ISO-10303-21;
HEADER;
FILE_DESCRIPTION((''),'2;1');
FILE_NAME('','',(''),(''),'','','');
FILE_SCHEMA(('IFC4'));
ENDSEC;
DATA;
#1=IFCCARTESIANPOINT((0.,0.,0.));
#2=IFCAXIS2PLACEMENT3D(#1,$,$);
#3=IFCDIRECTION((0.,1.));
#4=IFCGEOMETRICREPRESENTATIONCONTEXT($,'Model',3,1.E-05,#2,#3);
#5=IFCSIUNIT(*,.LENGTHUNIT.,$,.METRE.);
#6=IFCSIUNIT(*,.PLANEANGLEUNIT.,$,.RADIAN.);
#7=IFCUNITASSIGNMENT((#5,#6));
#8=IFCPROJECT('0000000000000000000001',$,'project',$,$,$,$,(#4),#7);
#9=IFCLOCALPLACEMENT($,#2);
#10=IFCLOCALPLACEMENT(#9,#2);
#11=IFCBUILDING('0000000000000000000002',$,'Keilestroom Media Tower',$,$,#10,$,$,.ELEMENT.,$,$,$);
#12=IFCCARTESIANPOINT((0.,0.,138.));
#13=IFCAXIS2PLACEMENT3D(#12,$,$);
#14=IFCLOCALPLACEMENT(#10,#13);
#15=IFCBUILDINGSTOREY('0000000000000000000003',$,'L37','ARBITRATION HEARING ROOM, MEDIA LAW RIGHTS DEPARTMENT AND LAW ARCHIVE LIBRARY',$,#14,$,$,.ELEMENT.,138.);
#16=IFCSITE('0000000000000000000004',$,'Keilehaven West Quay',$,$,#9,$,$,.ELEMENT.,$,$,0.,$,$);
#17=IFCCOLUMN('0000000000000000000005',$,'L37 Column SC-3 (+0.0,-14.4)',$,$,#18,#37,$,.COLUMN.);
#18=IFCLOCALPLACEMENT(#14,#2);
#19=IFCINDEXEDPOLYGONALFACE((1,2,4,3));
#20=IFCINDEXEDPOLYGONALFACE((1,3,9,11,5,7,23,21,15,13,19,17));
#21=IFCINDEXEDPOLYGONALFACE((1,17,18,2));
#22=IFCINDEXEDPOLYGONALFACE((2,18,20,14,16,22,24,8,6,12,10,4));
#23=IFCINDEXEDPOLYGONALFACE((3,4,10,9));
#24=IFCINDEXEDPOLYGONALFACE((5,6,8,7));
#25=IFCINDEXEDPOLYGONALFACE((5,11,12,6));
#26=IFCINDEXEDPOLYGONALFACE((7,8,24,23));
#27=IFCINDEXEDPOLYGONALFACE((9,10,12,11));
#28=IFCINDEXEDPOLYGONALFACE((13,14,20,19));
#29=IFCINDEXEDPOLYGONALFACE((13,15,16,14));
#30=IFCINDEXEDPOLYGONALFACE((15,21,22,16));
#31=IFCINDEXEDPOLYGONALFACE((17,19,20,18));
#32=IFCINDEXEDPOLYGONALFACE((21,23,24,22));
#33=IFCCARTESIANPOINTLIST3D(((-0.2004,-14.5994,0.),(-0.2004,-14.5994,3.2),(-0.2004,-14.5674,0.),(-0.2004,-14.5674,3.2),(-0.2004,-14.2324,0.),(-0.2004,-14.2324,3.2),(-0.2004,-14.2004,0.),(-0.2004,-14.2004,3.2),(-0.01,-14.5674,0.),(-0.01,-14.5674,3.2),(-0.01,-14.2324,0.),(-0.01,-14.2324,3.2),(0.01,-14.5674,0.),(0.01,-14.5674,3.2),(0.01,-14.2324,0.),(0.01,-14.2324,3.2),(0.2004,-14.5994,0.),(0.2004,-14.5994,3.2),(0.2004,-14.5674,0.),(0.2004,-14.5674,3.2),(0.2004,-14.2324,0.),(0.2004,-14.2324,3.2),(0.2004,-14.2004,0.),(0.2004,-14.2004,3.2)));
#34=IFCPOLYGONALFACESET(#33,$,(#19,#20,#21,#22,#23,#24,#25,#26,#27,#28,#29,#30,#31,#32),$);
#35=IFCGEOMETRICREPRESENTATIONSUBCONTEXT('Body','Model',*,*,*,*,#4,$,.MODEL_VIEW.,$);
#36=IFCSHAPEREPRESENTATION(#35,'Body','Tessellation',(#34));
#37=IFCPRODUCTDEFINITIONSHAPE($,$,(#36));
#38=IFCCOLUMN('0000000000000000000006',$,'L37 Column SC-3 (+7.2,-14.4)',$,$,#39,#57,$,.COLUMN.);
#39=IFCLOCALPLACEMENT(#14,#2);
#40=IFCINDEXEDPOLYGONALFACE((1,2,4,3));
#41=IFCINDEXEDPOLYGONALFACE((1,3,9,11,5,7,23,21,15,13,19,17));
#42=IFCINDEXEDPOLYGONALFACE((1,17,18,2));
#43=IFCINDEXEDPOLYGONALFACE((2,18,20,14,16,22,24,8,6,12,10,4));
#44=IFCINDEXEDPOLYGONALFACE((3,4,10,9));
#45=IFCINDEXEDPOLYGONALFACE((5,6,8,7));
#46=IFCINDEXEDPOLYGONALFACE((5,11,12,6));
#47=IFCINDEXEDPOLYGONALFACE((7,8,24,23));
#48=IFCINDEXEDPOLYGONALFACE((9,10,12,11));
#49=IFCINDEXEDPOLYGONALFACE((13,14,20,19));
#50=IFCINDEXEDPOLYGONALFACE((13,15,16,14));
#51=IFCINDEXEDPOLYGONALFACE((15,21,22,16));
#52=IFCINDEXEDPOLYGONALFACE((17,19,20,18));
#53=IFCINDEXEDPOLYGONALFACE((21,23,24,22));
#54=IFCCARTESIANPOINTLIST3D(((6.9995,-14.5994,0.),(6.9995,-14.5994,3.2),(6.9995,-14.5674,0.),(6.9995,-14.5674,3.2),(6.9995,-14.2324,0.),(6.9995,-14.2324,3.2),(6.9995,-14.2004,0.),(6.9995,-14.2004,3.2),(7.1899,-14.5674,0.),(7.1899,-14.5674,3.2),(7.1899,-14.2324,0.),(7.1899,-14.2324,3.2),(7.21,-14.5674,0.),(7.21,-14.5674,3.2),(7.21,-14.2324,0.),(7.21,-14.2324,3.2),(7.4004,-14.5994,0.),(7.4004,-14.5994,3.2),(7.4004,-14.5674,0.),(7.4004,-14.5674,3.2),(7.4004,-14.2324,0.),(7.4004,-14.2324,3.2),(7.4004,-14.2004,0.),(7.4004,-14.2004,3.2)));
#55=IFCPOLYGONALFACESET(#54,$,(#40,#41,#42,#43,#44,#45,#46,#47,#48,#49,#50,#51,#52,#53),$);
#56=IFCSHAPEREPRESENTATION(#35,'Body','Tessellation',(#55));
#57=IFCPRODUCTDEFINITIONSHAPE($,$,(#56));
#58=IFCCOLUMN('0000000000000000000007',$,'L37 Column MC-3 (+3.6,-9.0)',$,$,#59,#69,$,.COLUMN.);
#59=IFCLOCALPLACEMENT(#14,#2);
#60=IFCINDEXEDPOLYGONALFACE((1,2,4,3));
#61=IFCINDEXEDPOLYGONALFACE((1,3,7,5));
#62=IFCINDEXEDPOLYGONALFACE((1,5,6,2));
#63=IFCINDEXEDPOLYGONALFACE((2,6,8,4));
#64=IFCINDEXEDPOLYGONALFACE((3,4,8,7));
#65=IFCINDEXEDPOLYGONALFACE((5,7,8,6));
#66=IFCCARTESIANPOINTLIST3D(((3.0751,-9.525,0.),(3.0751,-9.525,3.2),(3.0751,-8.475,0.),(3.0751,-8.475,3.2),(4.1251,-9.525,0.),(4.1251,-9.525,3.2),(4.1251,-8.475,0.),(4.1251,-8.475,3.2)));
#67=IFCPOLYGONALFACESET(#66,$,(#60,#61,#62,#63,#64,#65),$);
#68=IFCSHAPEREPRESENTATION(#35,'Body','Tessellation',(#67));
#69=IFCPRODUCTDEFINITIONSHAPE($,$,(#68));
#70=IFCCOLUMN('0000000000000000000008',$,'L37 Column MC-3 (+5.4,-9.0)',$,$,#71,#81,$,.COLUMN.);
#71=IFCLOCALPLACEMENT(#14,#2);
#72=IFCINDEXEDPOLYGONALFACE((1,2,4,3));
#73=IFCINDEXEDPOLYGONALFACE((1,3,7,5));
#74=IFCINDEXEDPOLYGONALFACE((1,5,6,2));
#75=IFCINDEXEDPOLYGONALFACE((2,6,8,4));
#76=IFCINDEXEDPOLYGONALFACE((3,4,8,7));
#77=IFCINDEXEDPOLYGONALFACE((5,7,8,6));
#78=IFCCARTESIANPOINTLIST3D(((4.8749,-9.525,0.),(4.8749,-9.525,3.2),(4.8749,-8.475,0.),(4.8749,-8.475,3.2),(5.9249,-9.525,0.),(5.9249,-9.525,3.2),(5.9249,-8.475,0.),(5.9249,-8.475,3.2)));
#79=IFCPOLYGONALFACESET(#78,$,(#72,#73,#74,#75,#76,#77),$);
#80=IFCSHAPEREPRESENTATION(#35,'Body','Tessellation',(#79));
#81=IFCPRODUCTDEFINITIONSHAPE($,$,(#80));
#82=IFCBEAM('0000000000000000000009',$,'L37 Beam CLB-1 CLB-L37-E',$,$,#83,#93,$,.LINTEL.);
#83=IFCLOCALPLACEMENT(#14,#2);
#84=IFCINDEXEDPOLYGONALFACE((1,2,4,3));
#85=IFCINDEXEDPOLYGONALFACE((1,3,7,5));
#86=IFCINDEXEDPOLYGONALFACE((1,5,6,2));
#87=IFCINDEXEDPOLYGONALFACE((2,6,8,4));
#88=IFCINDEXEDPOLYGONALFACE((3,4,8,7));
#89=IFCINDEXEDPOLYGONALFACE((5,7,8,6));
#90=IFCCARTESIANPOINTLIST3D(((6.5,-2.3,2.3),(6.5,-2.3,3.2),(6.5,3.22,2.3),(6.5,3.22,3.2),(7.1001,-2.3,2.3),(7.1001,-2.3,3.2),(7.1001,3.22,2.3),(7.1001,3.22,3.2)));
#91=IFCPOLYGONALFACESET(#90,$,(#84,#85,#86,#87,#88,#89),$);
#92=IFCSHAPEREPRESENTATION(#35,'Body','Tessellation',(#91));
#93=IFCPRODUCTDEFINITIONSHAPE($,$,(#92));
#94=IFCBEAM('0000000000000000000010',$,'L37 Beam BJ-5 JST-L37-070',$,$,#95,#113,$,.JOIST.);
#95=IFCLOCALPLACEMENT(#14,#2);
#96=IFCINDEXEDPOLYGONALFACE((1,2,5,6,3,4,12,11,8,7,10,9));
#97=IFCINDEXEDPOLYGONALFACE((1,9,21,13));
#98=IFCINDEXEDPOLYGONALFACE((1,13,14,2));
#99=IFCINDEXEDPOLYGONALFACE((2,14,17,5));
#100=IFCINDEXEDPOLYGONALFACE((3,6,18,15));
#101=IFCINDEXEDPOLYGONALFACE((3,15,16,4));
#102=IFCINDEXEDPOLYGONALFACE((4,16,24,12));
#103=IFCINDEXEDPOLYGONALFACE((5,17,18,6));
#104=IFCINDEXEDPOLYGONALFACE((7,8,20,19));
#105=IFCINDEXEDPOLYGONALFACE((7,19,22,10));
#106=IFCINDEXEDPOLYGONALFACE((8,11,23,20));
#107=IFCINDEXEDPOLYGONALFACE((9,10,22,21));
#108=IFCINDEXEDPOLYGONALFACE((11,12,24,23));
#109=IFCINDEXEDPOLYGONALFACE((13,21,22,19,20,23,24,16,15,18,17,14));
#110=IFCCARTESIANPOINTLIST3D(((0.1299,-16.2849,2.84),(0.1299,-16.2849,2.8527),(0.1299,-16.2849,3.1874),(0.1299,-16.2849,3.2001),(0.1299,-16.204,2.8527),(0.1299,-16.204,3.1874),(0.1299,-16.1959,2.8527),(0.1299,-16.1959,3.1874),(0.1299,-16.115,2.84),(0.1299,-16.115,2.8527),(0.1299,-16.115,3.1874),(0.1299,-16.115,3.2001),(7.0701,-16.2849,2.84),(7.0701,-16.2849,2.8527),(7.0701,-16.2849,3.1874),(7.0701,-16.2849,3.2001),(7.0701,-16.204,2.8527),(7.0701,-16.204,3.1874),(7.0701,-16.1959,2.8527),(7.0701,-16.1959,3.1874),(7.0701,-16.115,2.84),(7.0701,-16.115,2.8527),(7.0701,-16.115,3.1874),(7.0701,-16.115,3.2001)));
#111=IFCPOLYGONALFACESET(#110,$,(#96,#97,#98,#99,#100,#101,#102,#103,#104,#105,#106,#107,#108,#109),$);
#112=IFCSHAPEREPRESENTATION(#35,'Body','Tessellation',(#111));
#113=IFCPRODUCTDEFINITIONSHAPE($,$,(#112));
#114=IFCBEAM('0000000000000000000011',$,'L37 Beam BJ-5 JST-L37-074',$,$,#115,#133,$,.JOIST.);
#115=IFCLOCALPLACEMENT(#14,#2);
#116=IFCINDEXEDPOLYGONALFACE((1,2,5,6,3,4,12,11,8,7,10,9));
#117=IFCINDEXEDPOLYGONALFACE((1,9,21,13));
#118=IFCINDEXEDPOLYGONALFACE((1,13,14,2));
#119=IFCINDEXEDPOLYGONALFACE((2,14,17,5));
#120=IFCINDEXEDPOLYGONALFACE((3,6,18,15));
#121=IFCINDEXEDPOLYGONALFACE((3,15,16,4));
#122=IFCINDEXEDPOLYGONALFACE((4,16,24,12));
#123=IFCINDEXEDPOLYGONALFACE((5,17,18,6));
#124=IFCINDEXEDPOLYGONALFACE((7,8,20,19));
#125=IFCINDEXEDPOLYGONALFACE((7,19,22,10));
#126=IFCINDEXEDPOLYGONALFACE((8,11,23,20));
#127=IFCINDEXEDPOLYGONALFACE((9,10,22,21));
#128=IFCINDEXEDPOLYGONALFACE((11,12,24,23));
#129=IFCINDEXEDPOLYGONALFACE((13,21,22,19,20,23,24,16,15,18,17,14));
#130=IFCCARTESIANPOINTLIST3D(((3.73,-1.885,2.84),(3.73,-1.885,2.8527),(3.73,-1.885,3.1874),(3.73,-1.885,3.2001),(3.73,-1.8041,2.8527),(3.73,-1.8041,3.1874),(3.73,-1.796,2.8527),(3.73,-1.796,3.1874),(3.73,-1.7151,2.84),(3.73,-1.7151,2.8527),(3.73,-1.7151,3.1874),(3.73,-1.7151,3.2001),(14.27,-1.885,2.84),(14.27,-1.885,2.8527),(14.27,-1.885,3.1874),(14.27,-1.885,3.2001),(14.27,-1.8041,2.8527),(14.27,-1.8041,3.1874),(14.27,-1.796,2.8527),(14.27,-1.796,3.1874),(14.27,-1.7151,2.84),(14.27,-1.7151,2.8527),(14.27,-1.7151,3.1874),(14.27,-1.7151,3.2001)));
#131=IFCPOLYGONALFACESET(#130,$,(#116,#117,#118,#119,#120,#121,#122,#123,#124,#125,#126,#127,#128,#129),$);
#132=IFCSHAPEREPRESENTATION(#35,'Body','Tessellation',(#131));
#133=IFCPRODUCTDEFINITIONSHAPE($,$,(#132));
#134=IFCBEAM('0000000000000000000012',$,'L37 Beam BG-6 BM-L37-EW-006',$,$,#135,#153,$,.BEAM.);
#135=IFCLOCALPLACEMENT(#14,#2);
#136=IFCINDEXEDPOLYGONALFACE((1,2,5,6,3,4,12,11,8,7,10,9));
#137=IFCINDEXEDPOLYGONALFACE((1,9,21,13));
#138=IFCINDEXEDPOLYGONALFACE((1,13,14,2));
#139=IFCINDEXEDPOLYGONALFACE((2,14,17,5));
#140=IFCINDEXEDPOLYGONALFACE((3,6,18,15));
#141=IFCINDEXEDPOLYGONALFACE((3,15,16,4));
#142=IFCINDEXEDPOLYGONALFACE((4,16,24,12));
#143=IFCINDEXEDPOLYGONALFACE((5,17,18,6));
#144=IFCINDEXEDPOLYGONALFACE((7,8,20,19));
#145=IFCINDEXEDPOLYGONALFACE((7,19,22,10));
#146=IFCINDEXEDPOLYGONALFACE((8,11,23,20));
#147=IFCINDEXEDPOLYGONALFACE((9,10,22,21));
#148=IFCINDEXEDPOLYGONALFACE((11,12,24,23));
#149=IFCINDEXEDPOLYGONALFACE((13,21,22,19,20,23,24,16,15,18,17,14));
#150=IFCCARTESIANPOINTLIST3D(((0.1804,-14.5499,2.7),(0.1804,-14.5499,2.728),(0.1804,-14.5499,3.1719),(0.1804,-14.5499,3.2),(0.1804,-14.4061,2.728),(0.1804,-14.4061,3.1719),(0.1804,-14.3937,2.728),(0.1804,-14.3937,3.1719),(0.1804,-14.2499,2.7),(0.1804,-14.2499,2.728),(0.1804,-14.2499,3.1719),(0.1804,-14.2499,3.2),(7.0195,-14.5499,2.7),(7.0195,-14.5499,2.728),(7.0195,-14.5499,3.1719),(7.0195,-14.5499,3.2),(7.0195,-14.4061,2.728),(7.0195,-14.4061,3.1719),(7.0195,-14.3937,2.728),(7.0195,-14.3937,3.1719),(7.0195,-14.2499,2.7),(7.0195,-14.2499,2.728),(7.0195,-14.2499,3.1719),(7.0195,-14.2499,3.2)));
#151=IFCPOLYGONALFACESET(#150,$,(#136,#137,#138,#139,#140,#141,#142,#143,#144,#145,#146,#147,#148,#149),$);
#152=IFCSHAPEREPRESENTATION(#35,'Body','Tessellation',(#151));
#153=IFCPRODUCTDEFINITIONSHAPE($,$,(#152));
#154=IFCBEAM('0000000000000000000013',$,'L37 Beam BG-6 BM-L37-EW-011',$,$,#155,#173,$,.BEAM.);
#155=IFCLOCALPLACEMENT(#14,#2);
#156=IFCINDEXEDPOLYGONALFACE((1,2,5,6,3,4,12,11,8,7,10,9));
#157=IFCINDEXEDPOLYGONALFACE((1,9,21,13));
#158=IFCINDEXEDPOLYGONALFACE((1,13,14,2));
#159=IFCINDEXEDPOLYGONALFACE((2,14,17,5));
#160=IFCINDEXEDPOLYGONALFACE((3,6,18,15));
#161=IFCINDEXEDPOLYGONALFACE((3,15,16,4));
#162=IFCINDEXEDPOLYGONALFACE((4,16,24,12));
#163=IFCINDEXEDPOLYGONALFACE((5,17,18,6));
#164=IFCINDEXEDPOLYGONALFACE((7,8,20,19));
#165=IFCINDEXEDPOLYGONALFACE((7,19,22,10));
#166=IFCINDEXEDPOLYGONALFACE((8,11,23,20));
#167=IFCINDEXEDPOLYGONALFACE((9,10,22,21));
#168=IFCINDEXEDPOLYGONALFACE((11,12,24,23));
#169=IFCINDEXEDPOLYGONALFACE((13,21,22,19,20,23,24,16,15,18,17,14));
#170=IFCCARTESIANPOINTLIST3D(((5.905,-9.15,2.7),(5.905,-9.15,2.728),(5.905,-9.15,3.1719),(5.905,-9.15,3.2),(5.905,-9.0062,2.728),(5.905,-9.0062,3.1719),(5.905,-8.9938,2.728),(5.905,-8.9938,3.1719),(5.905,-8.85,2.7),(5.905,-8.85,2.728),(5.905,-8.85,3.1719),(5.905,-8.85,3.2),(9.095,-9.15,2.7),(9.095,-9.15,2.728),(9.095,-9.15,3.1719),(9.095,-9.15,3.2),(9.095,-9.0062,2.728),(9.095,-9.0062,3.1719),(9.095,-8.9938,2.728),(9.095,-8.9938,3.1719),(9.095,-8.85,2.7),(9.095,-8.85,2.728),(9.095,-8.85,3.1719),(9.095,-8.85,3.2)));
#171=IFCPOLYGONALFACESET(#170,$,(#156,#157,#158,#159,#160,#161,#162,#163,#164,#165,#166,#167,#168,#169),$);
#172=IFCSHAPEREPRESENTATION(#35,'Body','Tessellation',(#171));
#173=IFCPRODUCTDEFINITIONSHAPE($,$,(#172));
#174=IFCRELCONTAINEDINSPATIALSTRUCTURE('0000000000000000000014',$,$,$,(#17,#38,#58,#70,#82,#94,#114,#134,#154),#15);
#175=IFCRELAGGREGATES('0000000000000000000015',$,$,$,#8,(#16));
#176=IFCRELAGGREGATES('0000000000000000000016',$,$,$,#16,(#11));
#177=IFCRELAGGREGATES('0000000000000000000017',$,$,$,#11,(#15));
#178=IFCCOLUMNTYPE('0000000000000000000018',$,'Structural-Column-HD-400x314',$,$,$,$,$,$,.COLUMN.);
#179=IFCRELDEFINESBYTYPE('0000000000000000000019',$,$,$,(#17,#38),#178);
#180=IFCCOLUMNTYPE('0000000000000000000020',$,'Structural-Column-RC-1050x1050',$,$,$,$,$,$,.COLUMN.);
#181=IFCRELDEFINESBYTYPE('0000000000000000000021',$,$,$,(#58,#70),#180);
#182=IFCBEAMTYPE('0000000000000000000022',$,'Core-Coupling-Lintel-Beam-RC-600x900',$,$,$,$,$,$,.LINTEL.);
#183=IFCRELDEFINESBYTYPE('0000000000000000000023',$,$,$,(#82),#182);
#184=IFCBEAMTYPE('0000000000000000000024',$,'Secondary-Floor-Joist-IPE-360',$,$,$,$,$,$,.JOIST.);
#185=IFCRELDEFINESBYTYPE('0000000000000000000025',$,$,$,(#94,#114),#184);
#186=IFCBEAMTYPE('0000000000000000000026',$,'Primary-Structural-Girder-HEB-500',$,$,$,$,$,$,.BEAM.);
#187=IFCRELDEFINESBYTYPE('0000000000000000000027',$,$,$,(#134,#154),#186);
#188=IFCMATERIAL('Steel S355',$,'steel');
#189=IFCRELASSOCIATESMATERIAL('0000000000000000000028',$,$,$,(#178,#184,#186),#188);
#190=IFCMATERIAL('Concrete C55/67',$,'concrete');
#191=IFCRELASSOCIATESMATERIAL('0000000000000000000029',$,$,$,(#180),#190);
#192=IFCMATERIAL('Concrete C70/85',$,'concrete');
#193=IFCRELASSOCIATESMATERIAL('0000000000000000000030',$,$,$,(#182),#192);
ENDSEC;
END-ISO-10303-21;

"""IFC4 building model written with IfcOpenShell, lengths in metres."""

from ifc_helpers import new_model, si_unit, direction, frame, origin, origin_2d, place, context, subcontext, project, spatial, rectangle, i_section, extrude, source, transform, mapped, material, material_profile, profile_set, type_object, element, save


model = new_model("IFC4")

# Units and contexts
model_context = context("Model", 3, precision=1e-05, world=origin(), true_north=direction((0.0, 1.0)))
body_context = subcontext(model_context, "Body", "Model", "MODEL_VIEW")
ifc_project = project(units=[si_unit("LENGTHUNIT", "METRE"), si_unit("PLANEANGLEUNIT", "RADIAN")], contexts=[model_context])

# Site, building, storey
site_placement = place(None, origin())
site = spatial("IfcSite", under=ifc_project, at=site_placement, Name="Keilehaven West Quay", CompositionType="ELEMENT", RefElevation=0.0)
building_placement = place(site_placement, origin())
building = spatial("IfcBuilding", under=site, at=building_placement, Name="Keilestroom Media Tower", CompositionType="ELEMENT")
storey_placement = place(building_placement, frame((0.0, 0.0, 138.0)))
storey = spatial("IfcBuildingStorey", under=building, at=storey_placement, Name="L37", Description="ARBITRATION HEARING ROOM, MEDIA LAW RIGHTS DEPARTMENT AND LAW ARCHIVE LIBRARY", CompositionType="ELEMENT", Elevation=138.0)

# Columns
ifc_material_1 = material(Name="Steel S355", Category="steel")
ifc_material_profile_1 = material_profile(ifc_material_1, i_section(OverallWidth=0.4009, OverallDepth=0.3989, WebThickness=0.02, FlangeThickness=0.032, at=origin_2d()), Name="HD 400x314")
ifc_profile_set_1 = profile_set([ifc_material_profile_1], Name="Steel S355")
column_type_1 = type_object("IfcColumnType", Name="Structural-Column-HD-400x314", PredefinedType="COLUMN", material=ifc_profile_set_1)
shared_shape_1 = source(origin(), body_context, "Body", "SweptSolid", [
    extrude(i_section(OverallWidth=0.4009, OverallDepth=0.3989, WebThickness=0.02, FlangeThickness=0.032, at=origin_2d()), origin(), (0.0, 0.0, 1.0), 3.2),
])
for number, where, z_axis, x_axis, name in (
    (1, (0.0, -14.3999, 0.0), (0.0, 0.0, 1.0), (1.0, 0.0, 0.0), "L37 Column SC-3 (+0.0,-14.4)"),
    (2, (7.2, -14.3999, 0.0), (0.0, 0.0, 1.0), (1.0, 0.0, 0.0), "L37 Column SC-3 (+7.2,-14.4)"),
):
    element("IfcColumn", number, at=place(storey_placement, frame(where, z_axis=z_axis, x_axis=x_axis)), inside=storey, type_object=column_type_1, Name=name, PredefinedType="COLUMN", context=body_context, shape_type="MappedRepresentation", body=[
        mapped(shared_shape_1, transform((0.0, 0.0, 0.0), x_axis=(1.0, 0.0, 0.0), y_axis=(0.0, 1.0, 0.0), z_axis=(0.0, 0.0, 1.0), scale=1.0)),
    ])
ifc_material_2 = material(Name="Concrete C55/67", Category="concrete")
ifc_material_profile_2 = material_profile(ifc_material_2, rectangle(XDim=1.05, YDim=1.05, at=origin_2d()), Name="RC 1050x1050")
ifc_profile_set_2 = profile_set([ifc_material_profile_2], Name="Concrete C55/67")
column_type_2 = type_object("IfcColumnType", Name="Structural-Column-RC-1050x1050", PredefinedType="COLUMN", material=ifc_profile_set_2)
shared_shape_2 = source(origin(), body_context, "Body", "SweptSolid", [
    extrude(rectangle(XDim=1.05, YDim=1.05, at=origin_2d()), origin(), (0.0, 0.0, 1.0), 3.2),
])
for number, where, z_axis, x_axis, name in (
    (3, (3.6001, -9.0, 0.0), (0.0, 0.0, 1.0), (1.0, 0.0, 0.0), "L37 Column MC-3 (+3.6,-9.0)"),
    (4, (5.3999, -9.0, 0.0), (0.0, 0.0, 1.0), (1.0, 0.0, 0.0), "L37 Column MC-3 (+5.4,-9.0)"),
):
    element("IfcColumn", number, at=place(storey_placement, frame(where, z_axis=z_axis, x_axis=x_axis)), inside=storey, type_object=column_type_2, Name=name, PredefinedType="COLUMN", context=body_context, shape_type="MappedRepresentation", body=[
        mapped(shared_shape_2, transform((0.0, 0.0, 0.0), x_axis=(1.0, 0.0, 0.0), y_axis=(0.0, 1.0, 0.0), z_axis=(0.0, 0.0, 1.0), scale=1.0)),
    ])

# Beams
ifc_material_3 = material(Name="Concrete C70/85", Category="concrete")
ifc_material_profile_3 = material_profile(ifc_material_3, rectangle(XDim=0.6001, YDim=0.8999, at=origin_2d()), Name="RC 600x900")
ifc_profile_set_3 = profile_set([ifc_material_profile_3], Name="Concrete C70/85")
beam_type_1 = type_object("IfcBeamType", Name="Core-Coupling-Lintel-Beam-RC-600x900", PredefinedType="LINTEL", material=ifc_profile_set_3)
shared_shape_3 = source(origin(), body_context, "Body", "SweptSolid", [
    extrude(rectangle(XDim=0.6001, YDim=0.8999, at=origin_2d()), origin(), (0.0, 0.0, 1.0), 5.52),
])
beam_1_placement = place(storey_placement, frame((6.8, -2.3, 2.75), z_axis=(0.0, 1.0, 0.0), x_axis=(-1.0, 0.0, 0.0)))
element("IfcBeam", 5, at=beam_1_placement, inside=storey, type_object=beam_type_1, Name="L37 Beam CLB-1 CLB-L37-E", PredefinedType="LINTEL", context=body_context, shape_type="MappedRepresentation", body=[
    mapped(shared_shape_3, transform((0.0, 0.0, 0.0), x_axis=(1.0, 0.0, 0.0), y_axis=(0.0, 1.0, 0.0), z_axis=(0.0, 0.0, 1.0), scale=1.0)),
])
ifc_material_profile_4 = material_profile(ifc_material_1, i_section(OverallWidth=0.1699, OverallDepth=0.3601, WebThickness=0.0081, FlangeThickness=0.0127, at=origin_2d()), Name="IPE 360")
ifc_profile_set_4 = profile_set([ifc_material_profile_4], Name="Steel S355")
beam_type_2 = type_object("IfcBeamType", Name="Secondary-Floor-Joist-IPE-360", PredefinedType="JOIST", material=ifc_profile_set_4)
shared_shape_4 = source(origin(), body_context, "Body", "SweptSolid", [
    extrude(i_section(OverallWidth=0.1699, OverallDepth=0.3601, WebThickness=0.0081, FlangeThickness=0.0127, at=origin_2d()), origin(), (0.0, 0.0, 1.0), 6.9402),
])
beam_2_placement = place(storey_placement, frame((0.1299, -16.2, 3.02), z_axis=(1.0, 0.0, 0.0), x_axis=(0.0, 1.0, 0.0)))
element("IfcBeam", 6, at=beam_2_placement, inside=storey, type_object=beam_type_2, Name="L37 Beam BJ-5 JST-L37-070", PredefinedType="JOIST", context=body_context, shape_type="MappedRepresentation", body=[
    mapped(shared_shape_4, transform((0.0, 0.0, 0.0), x_axis=(1.0, 0.0, 0.0), y_axis=(0.0, 1.0, 0.0), z_axis=(0.0, 0.0, 1.0), scale=1.0)),
])
shared_shape_5 = source(origin(), body_context, "Body", "SweptSolid", [
    extrude(i_section(OverallWidth=0.1699, OverallDepth=0.3601, WebThickness=0.0081, FlangeThickness=0.0127, at=origin_2d()), origin(), (0.0, 0.0, 1.0), 10.54),
])
beam_3_placement = place(storey_placement, frame((3.73, -1.8, 3.02), z_axis=(1.0, 0.0, 0.0), x_axis=(0.0, 1.0, 0.0)))
element("IfcBeam", 7, at=beam_3_placement, inside=storey, type_object=beam_type_2, Name="L37 Beam BJ-5 JST-L37-074", PredefinedType="JOIST", context=body_context, shape_type="MappedRepresentation", body=[
    mapped(shared_shape_5, transform((0.0, 0.0, 0.0), x_axis=(1.0, 0.0, 0.0), y_axis=(0.0, 1.0, 0.0), z_axis=(0.0, 0.0, 1.0), scale=1.0)),
])
ifc_material_profile_5 = material_profile(ifc_material_1, i_section(OverallWidth=0.3, OverallDepth=0.5, WebThickness=0.0125, FlangeThickness=0.0281, at=origin_2d()), Name="HEB 500")
ifc_profile_set_5 = profile_set([ifc_material_profile_5], Name="Steel S355")
beam_type_3 = type_object("IfcBeamType", Name="Primary-Structural-Girder-HEB-500", PredefinedType="BEAM", material=ifc_profile_set_5)
shared_shape_6 = source(origin(), body_context, "Body", "SweptSolid", [
    extrude(i_section(OverallWidth=0.3, OverallDepth=0.5, WebThickness=0.0125, FlangeThickness=0.0281, at=origin_2d()), origin(), (0.0, 0.0, 1.0), 6.8391),
])
beam_4_placement = place(storey_placement, frame((0.1804, -14.3999, 2.95), z_axis=(1.0, 0.0, 0.0), x_axis=(0.0, 1.0, 0.0)))
element("IfcBeam", 8, at=beam_4_placement, inside=storey, type_object=beam_type_3, Name="L37 Beam BG-6 BM-L37-EW-006", PredefinedType="BEAM", context=body_context, shape_type="MappedRepresentation", body=[
    mapped(shared_shape_6, transform((0.0, 0.0, 0.0), x_axis=(1.0, 0.0, 0.0), y_axis=(0.0, 1.0, 0.0), z_axis=(0.0, 0.0, 1.0), scale=1.0)),
])
shared_shape_7 = source(origin(), body_context, "Body", "SweptSolid", [
    extrude(i_section(OverallWidth=0.3, OverallDepth=0.5, WebThickness=0.0125, FlangeThickness=0.0281, at=origin_2d()), origin(), (0.0, 0.0, 1.0), 3.1899),
])
beam_5_placement = place(storey_placement, frame((5.905, -9.0, 2.95), z_axis=(1.0, 0.0, 0.0), x_axis=(0.0, 1.0, 0.0)))
element("IfcBeam", 9, at=beam_5_placement, inside=storey, type_object=beam_type_3, Name="L37 Beam BG-6 BM-L37-EW-011", PredefinedType="BEAM", context=body_context, shape_type="MappedRepresentation", body=[
    mapped(shared_shape_7, transform((0.0, 0.0, 0.0), x_axis=(1.0, 0.0, 0.0), y_axis=(0.0, 1.0, 0.0), z_axis=(0.0, 0.0, 1.0), scale=1.0)),
])

save(model, "model.ifc")
